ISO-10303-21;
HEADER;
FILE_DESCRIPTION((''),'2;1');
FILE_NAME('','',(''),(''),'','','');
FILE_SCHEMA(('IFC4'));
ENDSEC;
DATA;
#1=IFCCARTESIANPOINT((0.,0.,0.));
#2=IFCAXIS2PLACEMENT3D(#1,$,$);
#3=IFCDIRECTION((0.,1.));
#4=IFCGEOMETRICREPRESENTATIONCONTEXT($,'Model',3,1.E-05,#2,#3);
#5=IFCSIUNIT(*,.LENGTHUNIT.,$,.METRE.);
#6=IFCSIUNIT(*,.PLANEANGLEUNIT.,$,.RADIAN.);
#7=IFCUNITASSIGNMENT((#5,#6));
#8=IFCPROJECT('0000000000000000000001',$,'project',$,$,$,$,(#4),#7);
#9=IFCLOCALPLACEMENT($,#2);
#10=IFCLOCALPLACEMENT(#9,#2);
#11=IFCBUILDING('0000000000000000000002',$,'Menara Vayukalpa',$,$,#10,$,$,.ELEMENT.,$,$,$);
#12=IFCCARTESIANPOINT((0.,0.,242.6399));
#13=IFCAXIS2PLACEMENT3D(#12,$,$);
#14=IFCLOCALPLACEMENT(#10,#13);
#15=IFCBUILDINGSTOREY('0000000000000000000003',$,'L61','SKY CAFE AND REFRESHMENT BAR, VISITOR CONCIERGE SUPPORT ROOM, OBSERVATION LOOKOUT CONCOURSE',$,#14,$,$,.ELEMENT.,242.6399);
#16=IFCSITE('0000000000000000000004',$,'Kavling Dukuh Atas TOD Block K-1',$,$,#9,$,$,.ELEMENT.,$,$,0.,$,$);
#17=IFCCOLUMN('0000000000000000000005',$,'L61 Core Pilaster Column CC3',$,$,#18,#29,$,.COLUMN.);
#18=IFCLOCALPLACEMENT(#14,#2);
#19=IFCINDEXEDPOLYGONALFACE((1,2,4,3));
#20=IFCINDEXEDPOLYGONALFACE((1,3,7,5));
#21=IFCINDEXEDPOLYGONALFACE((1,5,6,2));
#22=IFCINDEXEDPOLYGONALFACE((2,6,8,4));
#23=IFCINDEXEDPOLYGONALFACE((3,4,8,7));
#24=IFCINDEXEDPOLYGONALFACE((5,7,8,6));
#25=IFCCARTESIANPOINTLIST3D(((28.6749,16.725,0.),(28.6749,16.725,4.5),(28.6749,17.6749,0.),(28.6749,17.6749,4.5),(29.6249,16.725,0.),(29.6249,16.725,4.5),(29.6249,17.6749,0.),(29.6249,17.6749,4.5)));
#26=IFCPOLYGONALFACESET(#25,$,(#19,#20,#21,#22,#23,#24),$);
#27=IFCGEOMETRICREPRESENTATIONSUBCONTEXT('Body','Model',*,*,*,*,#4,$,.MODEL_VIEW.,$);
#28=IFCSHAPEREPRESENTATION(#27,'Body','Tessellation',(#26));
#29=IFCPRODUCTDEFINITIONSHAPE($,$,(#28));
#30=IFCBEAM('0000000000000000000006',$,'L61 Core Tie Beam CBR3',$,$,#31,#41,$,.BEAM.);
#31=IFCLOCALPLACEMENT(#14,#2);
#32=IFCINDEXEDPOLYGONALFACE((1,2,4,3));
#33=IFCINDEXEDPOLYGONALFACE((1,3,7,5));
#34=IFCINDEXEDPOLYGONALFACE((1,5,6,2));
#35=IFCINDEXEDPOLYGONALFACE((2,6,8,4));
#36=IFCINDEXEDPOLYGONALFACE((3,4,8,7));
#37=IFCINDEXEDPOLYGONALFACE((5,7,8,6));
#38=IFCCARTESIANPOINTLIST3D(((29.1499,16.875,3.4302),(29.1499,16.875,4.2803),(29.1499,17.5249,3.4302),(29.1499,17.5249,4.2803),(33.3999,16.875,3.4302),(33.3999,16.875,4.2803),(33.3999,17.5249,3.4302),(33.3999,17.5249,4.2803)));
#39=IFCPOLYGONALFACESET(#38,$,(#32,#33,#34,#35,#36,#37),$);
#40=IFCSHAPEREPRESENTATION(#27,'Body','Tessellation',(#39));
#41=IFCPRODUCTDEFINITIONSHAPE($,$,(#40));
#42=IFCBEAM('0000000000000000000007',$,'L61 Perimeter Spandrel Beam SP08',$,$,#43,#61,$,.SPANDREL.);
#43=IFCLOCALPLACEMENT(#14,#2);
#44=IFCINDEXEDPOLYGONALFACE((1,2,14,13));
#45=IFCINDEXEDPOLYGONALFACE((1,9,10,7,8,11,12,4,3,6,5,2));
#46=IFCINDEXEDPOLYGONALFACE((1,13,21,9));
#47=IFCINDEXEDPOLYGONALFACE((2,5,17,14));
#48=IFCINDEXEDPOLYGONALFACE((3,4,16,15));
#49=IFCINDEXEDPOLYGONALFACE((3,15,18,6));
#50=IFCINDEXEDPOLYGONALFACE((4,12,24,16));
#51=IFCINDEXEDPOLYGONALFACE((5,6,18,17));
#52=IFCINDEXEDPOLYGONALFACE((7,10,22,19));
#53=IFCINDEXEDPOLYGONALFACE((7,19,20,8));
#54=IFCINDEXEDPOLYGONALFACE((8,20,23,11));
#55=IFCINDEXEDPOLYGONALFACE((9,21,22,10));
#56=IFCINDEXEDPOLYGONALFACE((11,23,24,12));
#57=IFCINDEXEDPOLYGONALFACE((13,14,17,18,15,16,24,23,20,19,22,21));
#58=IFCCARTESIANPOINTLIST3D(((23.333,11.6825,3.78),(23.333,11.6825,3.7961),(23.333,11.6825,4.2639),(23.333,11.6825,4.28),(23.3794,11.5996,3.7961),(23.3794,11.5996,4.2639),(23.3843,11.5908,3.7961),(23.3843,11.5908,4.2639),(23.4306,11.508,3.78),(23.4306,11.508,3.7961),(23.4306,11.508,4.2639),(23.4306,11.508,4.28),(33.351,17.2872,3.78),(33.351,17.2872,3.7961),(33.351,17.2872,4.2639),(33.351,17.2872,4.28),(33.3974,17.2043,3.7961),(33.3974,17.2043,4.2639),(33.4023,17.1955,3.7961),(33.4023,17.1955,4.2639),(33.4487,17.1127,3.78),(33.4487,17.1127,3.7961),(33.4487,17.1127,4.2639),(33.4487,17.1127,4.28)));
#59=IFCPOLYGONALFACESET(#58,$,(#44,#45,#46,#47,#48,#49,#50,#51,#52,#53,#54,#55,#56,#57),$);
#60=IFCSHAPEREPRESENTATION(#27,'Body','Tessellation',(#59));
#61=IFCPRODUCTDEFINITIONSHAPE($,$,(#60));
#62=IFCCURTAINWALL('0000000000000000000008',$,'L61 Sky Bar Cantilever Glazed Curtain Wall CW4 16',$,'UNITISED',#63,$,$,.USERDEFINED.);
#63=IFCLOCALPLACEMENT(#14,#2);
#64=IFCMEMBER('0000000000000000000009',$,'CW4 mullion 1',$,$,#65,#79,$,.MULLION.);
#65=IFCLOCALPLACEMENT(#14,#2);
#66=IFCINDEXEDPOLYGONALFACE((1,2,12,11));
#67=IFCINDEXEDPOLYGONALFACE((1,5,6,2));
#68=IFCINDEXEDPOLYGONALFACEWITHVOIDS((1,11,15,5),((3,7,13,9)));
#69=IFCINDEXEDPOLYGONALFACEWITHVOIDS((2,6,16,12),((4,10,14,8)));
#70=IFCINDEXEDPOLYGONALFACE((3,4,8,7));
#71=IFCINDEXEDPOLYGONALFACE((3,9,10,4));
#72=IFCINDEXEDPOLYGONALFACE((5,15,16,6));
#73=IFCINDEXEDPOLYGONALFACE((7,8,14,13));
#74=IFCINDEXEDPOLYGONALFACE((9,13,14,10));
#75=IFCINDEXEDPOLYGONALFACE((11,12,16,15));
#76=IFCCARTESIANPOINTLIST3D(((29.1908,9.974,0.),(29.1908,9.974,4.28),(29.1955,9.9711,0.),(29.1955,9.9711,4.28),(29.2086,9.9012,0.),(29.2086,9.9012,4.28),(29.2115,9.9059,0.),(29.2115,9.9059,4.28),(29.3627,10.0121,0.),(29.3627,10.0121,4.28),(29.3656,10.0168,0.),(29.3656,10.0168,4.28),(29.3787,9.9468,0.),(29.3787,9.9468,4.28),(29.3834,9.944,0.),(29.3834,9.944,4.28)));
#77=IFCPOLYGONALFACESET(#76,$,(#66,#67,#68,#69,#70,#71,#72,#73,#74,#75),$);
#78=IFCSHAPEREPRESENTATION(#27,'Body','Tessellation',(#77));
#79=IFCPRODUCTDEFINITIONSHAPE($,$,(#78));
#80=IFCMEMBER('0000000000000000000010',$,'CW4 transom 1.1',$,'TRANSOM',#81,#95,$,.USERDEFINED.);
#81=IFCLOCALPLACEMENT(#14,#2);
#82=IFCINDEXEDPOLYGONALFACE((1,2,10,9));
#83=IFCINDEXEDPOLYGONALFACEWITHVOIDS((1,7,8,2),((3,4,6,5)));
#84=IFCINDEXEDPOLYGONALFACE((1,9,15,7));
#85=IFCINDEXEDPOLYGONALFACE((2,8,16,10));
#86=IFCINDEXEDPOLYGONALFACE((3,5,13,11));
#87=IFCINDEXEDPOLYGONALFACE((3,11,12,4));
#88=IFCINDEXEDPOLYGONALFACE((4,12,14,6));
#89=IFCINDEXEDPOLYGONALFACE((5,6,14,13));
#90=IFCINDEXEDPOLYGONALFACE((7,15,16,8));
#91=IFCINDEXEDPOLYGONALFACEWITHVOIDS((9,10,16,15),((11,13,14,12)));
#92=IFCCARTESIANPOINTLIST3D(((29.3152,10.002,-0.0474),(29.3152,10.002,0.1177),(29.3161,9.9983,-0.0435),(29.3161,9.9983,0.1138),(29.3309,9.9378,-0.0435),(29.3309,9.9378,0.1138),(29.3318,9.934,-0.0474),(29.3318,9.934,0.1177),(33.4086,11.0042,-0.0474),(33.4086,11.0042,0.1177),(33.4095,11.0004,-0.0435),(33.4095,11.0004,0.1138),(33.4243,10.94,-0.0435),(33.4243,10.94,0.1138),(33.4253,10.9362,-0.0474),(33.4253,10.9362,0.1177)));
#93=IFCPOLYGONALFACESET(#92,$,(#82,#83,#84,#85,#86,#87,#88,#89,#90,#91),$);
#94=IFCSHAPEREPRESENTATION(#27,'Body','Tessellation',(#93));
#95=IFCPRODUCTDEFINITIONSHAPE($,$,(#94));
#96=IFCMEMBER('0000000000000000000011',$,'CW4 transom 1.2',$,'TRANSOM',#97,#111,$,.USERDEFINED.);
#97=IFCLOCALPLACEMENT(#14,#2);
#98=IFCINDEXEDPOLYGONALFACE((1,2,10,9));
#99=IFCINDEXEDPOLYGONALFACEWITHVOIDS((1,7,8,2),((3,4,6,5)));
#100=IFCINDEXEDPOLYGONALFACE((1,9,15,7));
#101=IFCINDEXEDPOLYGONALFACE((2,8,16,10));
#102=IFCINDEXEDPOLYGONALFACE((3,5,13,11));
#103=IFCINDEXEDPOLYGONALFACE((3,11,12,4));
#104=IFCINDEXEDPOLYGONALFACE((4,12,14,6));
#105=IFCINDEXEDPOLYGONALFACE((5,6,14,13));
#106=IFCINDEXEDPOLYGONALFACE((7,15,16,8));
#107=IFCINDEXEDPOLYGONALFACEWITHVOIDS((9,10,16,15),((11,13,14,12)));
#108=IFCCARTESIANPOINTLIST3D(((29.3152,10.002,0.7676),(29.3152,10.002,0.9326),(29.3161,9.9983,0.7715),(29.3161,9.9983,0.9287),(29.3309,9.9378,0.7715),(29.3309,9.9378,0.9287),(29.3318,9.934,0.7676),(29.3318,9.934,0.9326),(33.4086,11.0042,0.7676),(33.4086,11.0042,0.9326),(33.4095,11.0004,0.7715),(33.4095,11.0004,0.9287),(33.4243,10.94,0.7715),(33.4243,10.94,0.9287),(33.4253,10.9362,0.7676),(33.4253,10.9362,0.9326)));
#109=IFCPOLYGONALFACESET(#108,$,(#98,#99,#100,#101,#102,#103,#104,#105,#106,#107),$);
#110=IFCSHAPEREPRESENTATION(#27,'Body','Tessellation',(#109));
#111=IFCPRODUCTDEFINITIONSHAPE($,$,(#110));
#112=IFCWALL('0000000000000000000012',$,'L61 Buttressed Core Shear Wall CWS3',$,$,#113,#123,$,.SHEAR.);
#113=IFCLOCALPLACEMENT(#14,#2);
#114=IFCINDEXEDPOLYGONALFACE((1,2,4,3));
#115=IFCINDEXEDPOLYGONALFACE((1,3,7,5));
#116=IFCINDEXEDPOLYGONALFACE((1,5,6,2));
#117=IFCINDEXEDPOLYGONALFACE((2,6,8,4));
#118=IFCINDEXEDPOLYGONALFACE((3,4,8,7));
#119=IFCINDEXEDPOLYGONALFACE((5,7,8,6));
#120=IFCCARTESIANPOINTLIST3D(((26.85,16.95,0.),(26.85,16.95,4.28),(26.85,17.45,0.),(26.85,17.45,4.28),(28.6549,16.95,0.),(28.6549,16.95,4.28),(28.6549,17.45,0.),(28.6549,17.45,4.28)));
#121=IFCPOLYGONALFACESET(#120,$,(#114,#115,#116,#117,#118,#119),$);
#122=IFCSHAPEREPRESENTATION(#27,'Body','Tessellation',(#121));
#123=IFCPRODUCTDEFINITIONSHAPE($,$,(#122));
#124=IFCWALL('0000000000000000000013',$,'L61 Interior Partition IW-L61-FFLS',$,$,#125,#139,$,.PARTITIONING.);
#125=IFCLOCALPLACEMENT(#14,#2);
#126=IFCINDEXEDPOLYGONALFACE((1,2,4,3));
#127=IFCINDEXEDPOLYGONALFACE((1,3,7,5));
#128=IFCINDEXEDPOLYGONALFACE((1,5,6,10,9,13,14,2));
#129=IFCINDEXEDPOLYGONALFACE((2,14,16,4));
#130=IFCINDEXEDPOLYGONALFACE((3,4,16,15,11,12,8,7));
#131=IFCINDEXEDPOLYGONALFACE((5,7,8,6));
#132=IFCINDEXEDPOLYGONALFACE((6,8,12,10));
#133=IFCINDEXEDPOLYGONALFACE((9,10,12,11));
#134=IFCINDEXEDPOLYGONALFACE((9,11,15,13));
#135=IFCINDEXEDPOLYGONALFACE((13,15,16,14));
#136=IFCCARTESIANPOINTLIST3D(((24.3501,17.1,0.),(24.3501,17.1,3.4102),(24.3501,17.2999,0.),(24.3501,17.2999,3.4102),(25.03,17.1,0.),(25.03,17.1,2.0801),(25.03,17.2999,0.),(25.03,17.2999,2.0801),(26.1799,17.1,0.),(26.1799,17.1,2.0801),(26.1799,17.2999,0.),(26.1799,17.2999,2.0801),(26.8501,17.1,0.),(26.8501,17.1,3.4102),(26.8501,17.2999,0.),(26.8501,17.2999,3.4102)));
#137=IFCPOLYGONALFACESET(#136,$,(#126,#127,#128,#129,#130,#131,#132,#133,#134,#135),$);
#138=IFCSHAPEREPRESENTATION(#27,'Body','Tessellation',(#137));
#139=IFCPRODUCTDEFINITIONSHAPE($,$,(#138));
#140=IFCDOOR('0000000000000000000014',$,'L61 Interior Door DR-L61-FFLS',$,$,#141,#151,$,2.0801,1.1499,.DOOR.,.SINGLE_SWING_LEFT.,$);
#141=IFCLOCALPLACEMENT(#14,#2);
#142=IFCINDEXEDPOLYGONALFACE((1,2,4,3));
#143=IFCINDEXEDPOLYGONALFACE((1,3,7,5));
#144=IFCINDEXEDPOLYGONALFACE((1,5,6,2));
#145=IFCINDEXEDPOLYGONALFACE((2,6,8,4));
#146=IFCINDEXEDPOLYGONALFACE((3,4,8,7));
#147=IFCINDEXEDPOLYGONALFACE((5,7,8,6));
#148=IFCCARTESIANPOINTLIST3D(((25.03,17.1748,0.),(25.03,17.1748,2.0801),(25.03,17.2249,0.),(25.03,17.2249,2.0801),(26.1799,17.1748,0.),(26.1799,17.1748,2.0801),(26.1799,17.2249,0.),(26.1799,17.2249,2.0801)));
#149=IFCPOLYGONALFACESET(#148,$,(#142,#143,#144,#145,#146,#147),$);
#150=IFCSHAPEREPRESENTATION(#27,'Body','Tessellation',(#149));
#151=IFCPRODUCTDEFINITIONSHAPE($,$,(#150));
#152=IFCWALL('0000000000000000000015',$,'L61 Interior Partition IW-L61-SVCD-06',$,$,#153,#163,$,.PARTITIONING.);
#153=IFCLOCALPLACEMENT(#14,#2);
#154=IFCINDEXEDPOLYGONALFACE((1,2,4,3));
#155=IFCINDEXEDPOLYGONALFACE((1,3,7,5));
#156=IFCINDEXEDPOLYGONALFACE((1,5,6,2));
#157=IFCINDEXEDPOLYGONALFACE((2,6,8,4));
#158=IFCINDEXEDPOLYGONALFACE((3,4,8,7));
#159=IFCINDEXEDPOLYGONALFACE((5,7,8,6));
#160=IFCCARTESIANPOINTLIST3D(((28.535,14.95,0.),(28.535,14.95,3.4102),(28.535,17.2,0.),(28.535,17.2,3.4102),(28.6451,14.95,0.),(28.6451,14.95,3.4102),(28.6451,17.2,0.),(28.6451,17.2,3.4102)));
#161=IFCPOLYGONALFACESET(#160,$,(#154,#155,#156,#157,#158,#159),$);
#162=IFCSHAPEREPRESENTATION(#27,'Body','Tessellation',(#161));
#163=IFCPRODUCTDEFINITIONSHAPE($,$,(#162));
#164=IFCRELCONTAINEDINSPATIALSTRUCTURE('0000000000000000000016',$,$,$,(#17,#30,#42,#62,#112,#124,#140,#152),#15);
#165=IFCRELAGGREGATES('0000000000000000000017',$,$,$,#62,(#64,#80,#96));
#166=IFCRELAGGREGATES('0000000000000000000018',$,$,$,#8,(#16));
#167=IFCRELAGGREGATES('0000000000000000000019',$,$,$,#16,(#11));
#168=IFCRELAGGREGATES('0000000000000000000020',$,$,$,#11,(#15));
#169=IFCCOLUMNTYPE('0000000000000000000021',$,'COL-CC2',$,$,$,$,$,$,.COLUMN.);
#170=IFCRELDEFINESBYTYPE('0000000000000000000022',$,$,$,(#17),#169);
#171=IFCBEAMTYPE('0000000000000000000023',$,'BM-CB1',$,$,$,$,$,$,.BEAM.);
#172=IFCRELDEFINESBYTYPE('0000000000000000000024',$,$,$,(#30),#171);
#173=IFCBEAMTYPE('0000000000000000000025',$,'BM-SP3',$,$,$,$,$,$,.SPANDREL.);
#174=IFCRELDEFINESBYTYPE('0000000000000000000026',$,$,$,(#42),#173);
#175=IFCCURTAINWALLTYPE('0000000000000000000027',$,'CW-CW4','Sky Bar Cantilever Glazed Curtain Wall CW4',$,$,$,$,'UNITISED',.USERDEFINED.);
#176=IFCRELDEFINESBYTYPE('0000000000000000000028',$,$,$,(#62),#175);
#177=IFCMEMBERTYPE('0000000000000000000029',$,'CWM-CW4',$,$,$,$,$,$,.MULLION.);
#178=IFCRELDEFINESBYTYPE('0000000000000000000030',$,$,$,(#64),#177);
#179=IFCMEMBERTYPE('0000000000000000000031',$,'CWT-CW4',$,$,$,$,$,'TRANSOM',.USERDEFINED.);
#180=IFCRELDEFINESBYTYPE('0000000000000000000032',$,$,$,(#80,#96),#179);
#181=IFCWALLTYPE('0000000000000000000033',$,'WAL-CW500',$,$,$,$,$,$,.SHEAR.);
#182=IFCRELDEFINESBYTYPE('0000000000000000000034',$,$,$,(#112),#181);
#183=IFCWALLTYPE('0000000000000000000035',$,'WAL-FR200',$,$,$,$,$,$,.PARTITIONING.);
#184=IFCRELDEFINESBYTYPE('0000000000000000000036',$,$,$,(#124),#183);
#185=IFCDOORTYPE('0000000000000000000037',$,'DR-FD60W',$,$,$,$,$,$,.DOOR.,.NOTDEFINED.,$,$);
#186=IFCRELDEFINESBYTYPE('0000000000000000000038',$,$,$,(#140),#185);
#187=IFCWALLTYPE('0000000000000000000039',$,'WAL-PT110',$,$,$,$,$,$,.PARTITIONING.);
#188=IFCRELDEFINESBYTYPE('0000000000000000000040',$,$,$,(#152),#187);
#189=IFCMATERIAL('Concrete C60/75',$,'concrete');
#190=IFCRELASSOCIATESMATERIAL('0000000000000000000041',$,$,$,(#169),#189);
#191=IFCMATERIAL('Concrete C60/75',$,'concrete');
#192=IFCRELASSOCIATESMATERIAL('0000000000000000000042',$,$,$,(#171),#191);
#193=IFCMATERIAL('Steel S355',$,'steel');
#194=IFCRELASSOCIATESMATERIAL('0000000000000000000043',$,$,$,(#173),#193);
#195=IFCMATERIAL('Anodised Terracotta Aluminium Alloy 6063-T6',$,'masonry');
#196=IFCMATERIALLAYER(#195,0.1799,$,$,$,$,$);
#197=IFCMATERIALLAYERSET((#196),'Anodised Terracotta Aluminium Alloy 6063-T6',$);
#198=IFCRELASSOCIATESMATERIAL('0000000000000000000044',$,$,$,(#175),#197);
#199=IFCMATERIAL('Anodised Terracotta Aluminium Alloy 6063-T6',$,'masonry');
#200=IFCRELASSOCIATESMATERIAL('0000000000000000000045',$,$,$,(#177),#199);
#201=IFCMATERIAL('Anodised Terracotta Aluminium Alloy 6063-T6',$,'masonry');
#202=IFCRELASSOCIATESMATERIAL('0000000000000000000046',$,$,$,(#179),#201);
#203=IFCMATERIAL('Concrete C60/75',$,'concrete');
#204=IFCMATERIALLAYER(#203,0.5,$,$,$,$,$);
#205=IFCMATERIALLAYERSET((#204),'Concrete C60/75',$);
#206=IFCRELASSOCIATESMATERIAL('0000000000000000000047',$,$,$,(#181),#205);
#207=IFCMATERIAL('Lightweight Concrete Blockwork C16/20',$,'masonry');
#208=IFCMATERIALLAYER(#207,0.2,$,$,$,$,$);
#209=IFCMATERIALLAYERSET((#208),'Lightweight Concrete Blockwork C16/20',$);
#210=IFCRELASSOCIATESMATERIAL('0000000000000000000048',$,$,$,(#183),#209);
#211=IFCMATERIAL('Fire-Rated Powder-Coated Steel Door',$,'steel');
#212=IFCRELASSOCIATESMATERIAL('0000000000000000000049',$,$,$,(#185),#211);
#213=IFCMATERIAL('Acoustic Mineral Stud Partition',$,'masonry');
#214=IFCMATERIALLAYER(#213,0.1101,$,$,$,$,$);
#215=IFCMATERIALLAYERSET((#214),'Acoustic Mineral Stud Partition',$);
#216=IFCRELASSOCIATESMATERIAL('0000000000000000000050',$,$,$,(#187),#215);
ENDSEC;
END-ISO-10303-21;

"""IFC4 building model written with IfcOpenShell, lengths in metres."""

from ifc_helpers import new_model, si_unit, direction, frame, frame_2d, origin, origin_2d, place, context, subcontext, project, spatial, rectangle, hollow_rectangle, i_section, extrude, material, layer, layer_set, material_profile, profile_set, type_object, element, fill, aggregate, save


model = new_model("IFC4")

# Units and contexts
model_context = context("Model", 3, precision=1e-05, world=origin(), true_north=direction((0.0, 1.0)))
body_context = subcontext(model_context, "Body", "Model", "MODEL_VIEW")
ifc_project = project(units=[si_unit("LENGTHUNIT", "METRE"), si_unit("PLANEANGLEUNIT", "RADIAN")], contexts=[model_context])

# Site, building, storey
site_placement = place(None, origin())
site = spatial("IfcSite", under=ifc_project, at=site_placement, Name="Kavling Dukuh Atas TOD Block K-1", CompositionType="ELEMENT", RefElevation=0.0)
building_placement = place(site_placement, origin())
building = spatial("IfcBuilding", under=site, at=building_placement, Name="Menara Vayukalpa", CompositionType="ELEMENT")
storey_placement = place(building_placement, frame((0.0, 0.0, 242.6399)))
storey = spatial("IfcBuildingStorey", under=building, at=storey_placement, Name="L61", Description="SKY CAFE AND REFRESHMENT BAR, VISITOR CONCIERGE SUPPORT ROOM, OBSERVATION LOOKOUT CONCOURSE", CompositionType="ELEMENT", Elevation=242.6399)

# Column
ifc_material_1 = material(Name="Concrete C60/75", Category="concrete")
ifc_material_profile_1 = material_profile(ifc_material_1, rectangle(XDim=0.95, YDim=0.95, at=origin_2d()), Name="RC 950x950")
ifc_profile_set_1 = profile_set([ifc_material_profile_1], Name="Concrete C60/75")
column_type = type_object("IfcColumnType", Name="COL-CC2", PredefinedType="COLUMN", material=ifc_profile_set_1)
column_placement = place(storey_placement, frame((29.1499, 17.2, 0.0), z_axis=(0.0, 0.0, 1.0), x_axis=(1.0, 0.0, 0.0)))
element("IfcColumn", 1, at=column_placement, inside=storey, type_object=column_type, Name="L61 Core Pilaster Column CC3", PredefinedType="COLUMN", context=body_context, shape_type="SweptSolid", body=[
    extrude(rectangle(XDim=0.95, YDim=0.95, at=origin_2d()), origin(), (0.0, 0.0, 1.0), 4.5),
])

# Beams
ifc_material_2 = material(Name="Concrete C60/75", Category="concrete")
ifc_material_profile_2 = material_profile(ifc_material_2, rectangle(XDim=0.6499, YDim=0.8501, at=origin_2d()), Name="RC 650x850")
ifc_profile_set_2 = profile_set([ifc_material_profile_2], Name="Concrete C60/75")
beam_type_1 = type_object("IfcBeamType", Name="BM-CB1", PredefinedType="BEAM", material=ifc_profile_set_2)
beam_1_placement = place(storey_placement, frame((29.1499, 17.2, 3.8552), z_axis=(1.0, 0.0, 0.0), x_axis=(0.0, 1.0, 0.0)))
element("IfcBeam", 2, at=beam_1_placement, inside=storey, type_object=beam_type_1, Name="L61 Core Tie Beam CBR3", PredefinedType="BEAM", context=body_context, shape_type="SweptSolid", body=[
    extrude(rectangle(XDim=0.6499, YDim=0.8501, at=origin_2d()), origin(), (0.0, 0.0, 1.0), 4.25),
])
ifc_material_3 = material(Name="Steel S355", Category="steel")
ifc_material_profile_3 = material_profile(ifc_material_3, i_section(OverallWidth=0.2, OverallDepth=0.5, WebThickness=0.01, FlangeThickness=0.0161, at=origin_2d()), Name="WF 500x200x10x16")
ifc_profile_set_3 = profile_set([ifc_material_profile_3], Name="Steel S355")
beam_type_2 = type_object("IfcBeamType", Name="BM-SP3", PredefinedType="SPANDREL", material=ifc_profile_set_3)
beam_2_placement = place(storey_placement, frame((23.3818, 11.5952, 4.03), z_axis=(0.872706, 0.488246, 0.0), x_axis=(-0.488246, 0.872706, 0.0)))
element("IfcBeam", 3, at=beam_2_placement, inside=storey, type_object=beam_type_2, Name="L61 Perimeter Spandrel Beam SP08", PredefinedType="SPANDREL", context=body_context, shape_type="SweptSolid", body=[
    extrude(i_section(OverallWidth=0.2, OverallDepth=0.5, WebThickness=0.01, FlangeThickness=0.0161, at=origin_2d()), origin(), (0.0, 0.0, 1.0), 11.4792),
])

# Curtain wall, members
ifc_material_4 = material(Name="Anodised Terracotta Aluminium Alloy 6063-T6", Category="masonry")
ifc_layer_1 = layer(ifc_material_4, 0.1799)
ifc_layer_set_1 = layer_set([ifc_layer_1], Name="Anodised Terracotta Aluminium Alloy 6063-T6")
curtain_wall_type = type_object("IfcCurtainWallType", Name="CW-CW4", Description="Sky Bar Cantilever Glazed Curtain Wall CW4", ElementType="UNITISED", PredefinedType="USERDEFINED", material=ifc_layer_set_1)
curtain_wall_placement = place(storey_placement, origin())
curtain_wall = element("IfcCurtainWall", 4, at=curtain_wall_placement, inside=storey, type_object=curtain_wall_type, Name="L61 Sky Bar Cantilever Glazed Curtain Wall CW4 16", ObjectType="UNITISED", PredefinedType="USERDEFINED")
ifc_material_5 = material(Name="Anodised Terracotta Aluminium Alloy 6063-T6", Category="masonry")
ifc_material_profile_4 = material_profile(ifc_material_5, hollow_rectangle(XDim=0.075, YDim=0.1799, WallThickness=0.0039, at=origin_2d()), Name="ALU 75x180x4")
ifc_profile_set_4 = profile_set([ifc_material_profile_4], Name="Anodised Terracotta Aluminium Alloy 6063-T6")
member_type_1 = type_object("IfcMemberType", Name="CWM-CW4", PredefinedType="MULLION", material=ifc_profile_set_4)
member_1_placement = place(storey_placement, frame((29.2871, 9.959, 0.0), z_axis=(0.0, 0.0, 1.0), x_axis=(-0.23781, 0.971312, 0.0)))
member_1 = element("IfcMember", 5, at=member_1_placement, type_object=member_type_1, Name="CW4 mullion 1", PredefinedType="MULLION", context=body_context, shape_type="SweptSolid", body=[
    extrude(hollow_rectangle(XDim=0.075, YDim=0.1799, WallThickness=0.0039, at=origin_2d()), origin(), (0.0, 0.0, 1.0), 4.28),
])
ifc_material_6 = material(Name="Anodised Terracotta Aluminium Alloy 6063-T6", Category="masonry")
ifc_material_profile_5 = material_profile(ifc_material_6, hollow_rectangle(XDim=0.0701, YDim=0.165, WallThickness=0.0039, at=origin_2d()), Name="ALU 70x165x4")
ifc_profile_set_5 = profile_set([ifc_material_profile_5], Name="Anodised Terracotta Aluminium Alloy 6063-T6")
member_type_2 = type_object("IfcMemberType", Name="CWT-CW4", ElementType="TRANSOM", PredefinedType="USERDEFINED", material=ifc_profile_set_5)
member_2_placement = place(storey_placement, frame((29.3235, 9.968, 0.0352), z_axis=(0.971313, 0.237803, 0.0), x_axis=(-0.237803, 0.971313, 0.0)))
member_2 = element("IfcMember", 6, at=member_2_placement, type_object=member_type_2, Name="CW4 transom 1.1", ObjectType="TRANSOM", PredefinedType="USERDEFINED", context=body_context, shape_type="SweptSolid", body=[
    extrude(hollow_rectangle(XDim=0.0701, YDim=0.165, WallThickness=0.0039, at=origin_2d()), origin(), (0.0, 0.0, 1.0), 4.2144),
])
member_3_placement = place(storey_placement, frame((29.3235, 9.968, 0.8501), z_axis=(0.971313, 0.237803, 0.0), x_axis=(-0.237803, 0.971313, 0.0)))
member_3 = element("IfcMember", 7, at=member_3_placement, type_object=member_type_2, Name="CW4 transom 1.2", ObjectType="TRANSOM", PredefinedType="USERDEFINED", context=body_context, shape_type="SweptSolid", body=[
    extrude(hollow_rectangle(XDim=0.0701, YDim=0.165, WallThickness=0.0039, at=origin_2d()), origin(), (0.0, 0.0, 1.0), 4.2144),
])
aggregate(curtain_wall, [member_1, member_2, member_3])

# Wall
ifc_material_7 = material(Name="Concrete C60/75", Category="concrete")
ifc_layer_2 = layer(ifc_material_7, 0.5)
ifc_layer_set_2 = layer_set([ifc_layer_2], Name="Concrete C60/75")
wall_type_1 = type_object("IfcWallType", Name="WAL-CW500", PredefinedType="SHEAR", material=ifc_layer_set_2)
wall_1_placement = place(storey_placement, frame((26.8501, 17.2, 0.0), z_axis=(0.0, 0.0, 1.0), x_axis=(1.0, 0.0, 0.0)))
element("IfcWall", 8, at=wall_1_placement, inside=storey, type_object=wall_type_1, Name="L61 Buttressed Core Shear Wall CWS3", PredefinedType="SHEAR", context=body_context, shape_type="SweptSolid", body=[
    extrude(rectangle(XDim=1.8049, YDim=0.5, at=frame_2d((0.9023, 0.0))), origin(), (0.0, 0.0, 1.0), 4.28),
])

# Wall, opening, door
ifc_material_8 = material(Name="Lightweight Concrete Blockwork C16/20", Category="masonry")
ifc_layer_3 = layer(ifc_material_8, 0.2)
ifc_layer_set_3 = layer_set([ifc_layer_3], Name="Lightweight Concrete Blockwork C16/20")
wall_type_2 = type_object("IfcWallType", Name="WAL-FR200", PredefinedType="PARTITIONING", material=ifc_layer_set_3)
wall_2_placement = place(storey_placement, frame((24.3501, 17.2, 0.0), z_axis=(0.0, 0.0, 1.0), x_axis=(1.0, 0.0, 0.0)))
wall_2 = element("IfcWall", 9, at=wall_2_placement, inside=storey, type_object=wall_type_2, Name="L61 Interior Partition IW-L61-FFLS", PredefinedType="PARTITIONING", context=body_context, shape_type="SweptSolid", body=[
    extrude(rectangle(XDim=2.5, YDim=0.2, at=frame_2d((1.25, 0.0))), origin(), (0.0, 0.0, 1.0), 3.4102),
])
opening_1_placement = place(wall_2_placement, frame((0.6799, 0.0, 0.0)))
opening_1 = element("IfcOpeningElement", 10, at=opening_1_placement, cuts=wall_2, PredefinedType="OPENING", context=body_context, shape_type="SweptSolid", body=[
    extrude(rectangle(XDim=1.1499, YDim=2.0801, at=frame_2d((0.575, 1.04))), frame((0.0, 0.1099, 0.0), z_axis=(0.0, -1.0, 0.0), x_axis=(1.0, 0.0, 0.0)), (0.0, 0.0, 1.0), 0.22),
])
ifc_material_9 = material(Name="Fire-Rated Powder-Coated Steel Door", Category="steel")
door_type_1 = type_object("IfcDoorType", Name="DR-FD60W", OperationType="NOTDEFINED", PredefinedType="DOOR", material=ifc_material_9)
door_1_placement = place(opening_1_placement, origin())
door_1 = element("IfcDoor", 11, at=door_1_placement, inside=storey, type_object=door_type_1, Name="L61 Interior Door DR-L61-FFLS", OperationType="SINGLE_SWING_LEFT", OverallHeight=2.0801, OverallWidth=1.1499, PredefinedType="DOOR", context=body_context, shape_type="SweptSolid", body=[
    extrude(rectangle(XDim=1.1499, YDim=2.0801, at=frame_2d((0.575, 1.04))), frame((0.0, 0.0249, 0.0), z_axis=(0.0, -1.0, 0.0), x_axis=(1.0, 0.0, 0.0)), (0.0, 0.0, 1.0), 0.05),
])
fill(opening_1, door_1)

# Wall
ifc_material_10 = material(Name="Acoustic Mineral Stud Partition", Category="masonry")
ifc_layer_4 = layer(ifc_material_10, 0.1101)
ifc_layer_set_4 = layer_set([ifc_layer_4], Name="Acoustic Mineral Stud Partition")
wall_type_3 = type_object("IfcWallType", Name="WAL-PT110", PredefinedType="PARTITIONING", material=ifc_layer_set_4)
wall_3_placement = place(storey_placement, frame((28.5901, 14.95, 0.0), z_axis=(0.0, 0.0, 1.0), x_axis=(0.0, 1.0, 0.0)))
element("IfcWall", 12, at=wall_3_placement, inside=storey, type_object=wall_type_3, Name="L61 Interior Partition IW-L61-SVCD-06", PredefinedType="PARTITIONING", context=body_context, shape_type="SweptSolid", body=[
    extrude(rectangle(XDim=2.25, YDim=0.1101, at=frame_2d((1.125, 0.0))), origin(), (0.0, 0.0, 1.0), 3.4102),
])

save(model, "model.ifc")
